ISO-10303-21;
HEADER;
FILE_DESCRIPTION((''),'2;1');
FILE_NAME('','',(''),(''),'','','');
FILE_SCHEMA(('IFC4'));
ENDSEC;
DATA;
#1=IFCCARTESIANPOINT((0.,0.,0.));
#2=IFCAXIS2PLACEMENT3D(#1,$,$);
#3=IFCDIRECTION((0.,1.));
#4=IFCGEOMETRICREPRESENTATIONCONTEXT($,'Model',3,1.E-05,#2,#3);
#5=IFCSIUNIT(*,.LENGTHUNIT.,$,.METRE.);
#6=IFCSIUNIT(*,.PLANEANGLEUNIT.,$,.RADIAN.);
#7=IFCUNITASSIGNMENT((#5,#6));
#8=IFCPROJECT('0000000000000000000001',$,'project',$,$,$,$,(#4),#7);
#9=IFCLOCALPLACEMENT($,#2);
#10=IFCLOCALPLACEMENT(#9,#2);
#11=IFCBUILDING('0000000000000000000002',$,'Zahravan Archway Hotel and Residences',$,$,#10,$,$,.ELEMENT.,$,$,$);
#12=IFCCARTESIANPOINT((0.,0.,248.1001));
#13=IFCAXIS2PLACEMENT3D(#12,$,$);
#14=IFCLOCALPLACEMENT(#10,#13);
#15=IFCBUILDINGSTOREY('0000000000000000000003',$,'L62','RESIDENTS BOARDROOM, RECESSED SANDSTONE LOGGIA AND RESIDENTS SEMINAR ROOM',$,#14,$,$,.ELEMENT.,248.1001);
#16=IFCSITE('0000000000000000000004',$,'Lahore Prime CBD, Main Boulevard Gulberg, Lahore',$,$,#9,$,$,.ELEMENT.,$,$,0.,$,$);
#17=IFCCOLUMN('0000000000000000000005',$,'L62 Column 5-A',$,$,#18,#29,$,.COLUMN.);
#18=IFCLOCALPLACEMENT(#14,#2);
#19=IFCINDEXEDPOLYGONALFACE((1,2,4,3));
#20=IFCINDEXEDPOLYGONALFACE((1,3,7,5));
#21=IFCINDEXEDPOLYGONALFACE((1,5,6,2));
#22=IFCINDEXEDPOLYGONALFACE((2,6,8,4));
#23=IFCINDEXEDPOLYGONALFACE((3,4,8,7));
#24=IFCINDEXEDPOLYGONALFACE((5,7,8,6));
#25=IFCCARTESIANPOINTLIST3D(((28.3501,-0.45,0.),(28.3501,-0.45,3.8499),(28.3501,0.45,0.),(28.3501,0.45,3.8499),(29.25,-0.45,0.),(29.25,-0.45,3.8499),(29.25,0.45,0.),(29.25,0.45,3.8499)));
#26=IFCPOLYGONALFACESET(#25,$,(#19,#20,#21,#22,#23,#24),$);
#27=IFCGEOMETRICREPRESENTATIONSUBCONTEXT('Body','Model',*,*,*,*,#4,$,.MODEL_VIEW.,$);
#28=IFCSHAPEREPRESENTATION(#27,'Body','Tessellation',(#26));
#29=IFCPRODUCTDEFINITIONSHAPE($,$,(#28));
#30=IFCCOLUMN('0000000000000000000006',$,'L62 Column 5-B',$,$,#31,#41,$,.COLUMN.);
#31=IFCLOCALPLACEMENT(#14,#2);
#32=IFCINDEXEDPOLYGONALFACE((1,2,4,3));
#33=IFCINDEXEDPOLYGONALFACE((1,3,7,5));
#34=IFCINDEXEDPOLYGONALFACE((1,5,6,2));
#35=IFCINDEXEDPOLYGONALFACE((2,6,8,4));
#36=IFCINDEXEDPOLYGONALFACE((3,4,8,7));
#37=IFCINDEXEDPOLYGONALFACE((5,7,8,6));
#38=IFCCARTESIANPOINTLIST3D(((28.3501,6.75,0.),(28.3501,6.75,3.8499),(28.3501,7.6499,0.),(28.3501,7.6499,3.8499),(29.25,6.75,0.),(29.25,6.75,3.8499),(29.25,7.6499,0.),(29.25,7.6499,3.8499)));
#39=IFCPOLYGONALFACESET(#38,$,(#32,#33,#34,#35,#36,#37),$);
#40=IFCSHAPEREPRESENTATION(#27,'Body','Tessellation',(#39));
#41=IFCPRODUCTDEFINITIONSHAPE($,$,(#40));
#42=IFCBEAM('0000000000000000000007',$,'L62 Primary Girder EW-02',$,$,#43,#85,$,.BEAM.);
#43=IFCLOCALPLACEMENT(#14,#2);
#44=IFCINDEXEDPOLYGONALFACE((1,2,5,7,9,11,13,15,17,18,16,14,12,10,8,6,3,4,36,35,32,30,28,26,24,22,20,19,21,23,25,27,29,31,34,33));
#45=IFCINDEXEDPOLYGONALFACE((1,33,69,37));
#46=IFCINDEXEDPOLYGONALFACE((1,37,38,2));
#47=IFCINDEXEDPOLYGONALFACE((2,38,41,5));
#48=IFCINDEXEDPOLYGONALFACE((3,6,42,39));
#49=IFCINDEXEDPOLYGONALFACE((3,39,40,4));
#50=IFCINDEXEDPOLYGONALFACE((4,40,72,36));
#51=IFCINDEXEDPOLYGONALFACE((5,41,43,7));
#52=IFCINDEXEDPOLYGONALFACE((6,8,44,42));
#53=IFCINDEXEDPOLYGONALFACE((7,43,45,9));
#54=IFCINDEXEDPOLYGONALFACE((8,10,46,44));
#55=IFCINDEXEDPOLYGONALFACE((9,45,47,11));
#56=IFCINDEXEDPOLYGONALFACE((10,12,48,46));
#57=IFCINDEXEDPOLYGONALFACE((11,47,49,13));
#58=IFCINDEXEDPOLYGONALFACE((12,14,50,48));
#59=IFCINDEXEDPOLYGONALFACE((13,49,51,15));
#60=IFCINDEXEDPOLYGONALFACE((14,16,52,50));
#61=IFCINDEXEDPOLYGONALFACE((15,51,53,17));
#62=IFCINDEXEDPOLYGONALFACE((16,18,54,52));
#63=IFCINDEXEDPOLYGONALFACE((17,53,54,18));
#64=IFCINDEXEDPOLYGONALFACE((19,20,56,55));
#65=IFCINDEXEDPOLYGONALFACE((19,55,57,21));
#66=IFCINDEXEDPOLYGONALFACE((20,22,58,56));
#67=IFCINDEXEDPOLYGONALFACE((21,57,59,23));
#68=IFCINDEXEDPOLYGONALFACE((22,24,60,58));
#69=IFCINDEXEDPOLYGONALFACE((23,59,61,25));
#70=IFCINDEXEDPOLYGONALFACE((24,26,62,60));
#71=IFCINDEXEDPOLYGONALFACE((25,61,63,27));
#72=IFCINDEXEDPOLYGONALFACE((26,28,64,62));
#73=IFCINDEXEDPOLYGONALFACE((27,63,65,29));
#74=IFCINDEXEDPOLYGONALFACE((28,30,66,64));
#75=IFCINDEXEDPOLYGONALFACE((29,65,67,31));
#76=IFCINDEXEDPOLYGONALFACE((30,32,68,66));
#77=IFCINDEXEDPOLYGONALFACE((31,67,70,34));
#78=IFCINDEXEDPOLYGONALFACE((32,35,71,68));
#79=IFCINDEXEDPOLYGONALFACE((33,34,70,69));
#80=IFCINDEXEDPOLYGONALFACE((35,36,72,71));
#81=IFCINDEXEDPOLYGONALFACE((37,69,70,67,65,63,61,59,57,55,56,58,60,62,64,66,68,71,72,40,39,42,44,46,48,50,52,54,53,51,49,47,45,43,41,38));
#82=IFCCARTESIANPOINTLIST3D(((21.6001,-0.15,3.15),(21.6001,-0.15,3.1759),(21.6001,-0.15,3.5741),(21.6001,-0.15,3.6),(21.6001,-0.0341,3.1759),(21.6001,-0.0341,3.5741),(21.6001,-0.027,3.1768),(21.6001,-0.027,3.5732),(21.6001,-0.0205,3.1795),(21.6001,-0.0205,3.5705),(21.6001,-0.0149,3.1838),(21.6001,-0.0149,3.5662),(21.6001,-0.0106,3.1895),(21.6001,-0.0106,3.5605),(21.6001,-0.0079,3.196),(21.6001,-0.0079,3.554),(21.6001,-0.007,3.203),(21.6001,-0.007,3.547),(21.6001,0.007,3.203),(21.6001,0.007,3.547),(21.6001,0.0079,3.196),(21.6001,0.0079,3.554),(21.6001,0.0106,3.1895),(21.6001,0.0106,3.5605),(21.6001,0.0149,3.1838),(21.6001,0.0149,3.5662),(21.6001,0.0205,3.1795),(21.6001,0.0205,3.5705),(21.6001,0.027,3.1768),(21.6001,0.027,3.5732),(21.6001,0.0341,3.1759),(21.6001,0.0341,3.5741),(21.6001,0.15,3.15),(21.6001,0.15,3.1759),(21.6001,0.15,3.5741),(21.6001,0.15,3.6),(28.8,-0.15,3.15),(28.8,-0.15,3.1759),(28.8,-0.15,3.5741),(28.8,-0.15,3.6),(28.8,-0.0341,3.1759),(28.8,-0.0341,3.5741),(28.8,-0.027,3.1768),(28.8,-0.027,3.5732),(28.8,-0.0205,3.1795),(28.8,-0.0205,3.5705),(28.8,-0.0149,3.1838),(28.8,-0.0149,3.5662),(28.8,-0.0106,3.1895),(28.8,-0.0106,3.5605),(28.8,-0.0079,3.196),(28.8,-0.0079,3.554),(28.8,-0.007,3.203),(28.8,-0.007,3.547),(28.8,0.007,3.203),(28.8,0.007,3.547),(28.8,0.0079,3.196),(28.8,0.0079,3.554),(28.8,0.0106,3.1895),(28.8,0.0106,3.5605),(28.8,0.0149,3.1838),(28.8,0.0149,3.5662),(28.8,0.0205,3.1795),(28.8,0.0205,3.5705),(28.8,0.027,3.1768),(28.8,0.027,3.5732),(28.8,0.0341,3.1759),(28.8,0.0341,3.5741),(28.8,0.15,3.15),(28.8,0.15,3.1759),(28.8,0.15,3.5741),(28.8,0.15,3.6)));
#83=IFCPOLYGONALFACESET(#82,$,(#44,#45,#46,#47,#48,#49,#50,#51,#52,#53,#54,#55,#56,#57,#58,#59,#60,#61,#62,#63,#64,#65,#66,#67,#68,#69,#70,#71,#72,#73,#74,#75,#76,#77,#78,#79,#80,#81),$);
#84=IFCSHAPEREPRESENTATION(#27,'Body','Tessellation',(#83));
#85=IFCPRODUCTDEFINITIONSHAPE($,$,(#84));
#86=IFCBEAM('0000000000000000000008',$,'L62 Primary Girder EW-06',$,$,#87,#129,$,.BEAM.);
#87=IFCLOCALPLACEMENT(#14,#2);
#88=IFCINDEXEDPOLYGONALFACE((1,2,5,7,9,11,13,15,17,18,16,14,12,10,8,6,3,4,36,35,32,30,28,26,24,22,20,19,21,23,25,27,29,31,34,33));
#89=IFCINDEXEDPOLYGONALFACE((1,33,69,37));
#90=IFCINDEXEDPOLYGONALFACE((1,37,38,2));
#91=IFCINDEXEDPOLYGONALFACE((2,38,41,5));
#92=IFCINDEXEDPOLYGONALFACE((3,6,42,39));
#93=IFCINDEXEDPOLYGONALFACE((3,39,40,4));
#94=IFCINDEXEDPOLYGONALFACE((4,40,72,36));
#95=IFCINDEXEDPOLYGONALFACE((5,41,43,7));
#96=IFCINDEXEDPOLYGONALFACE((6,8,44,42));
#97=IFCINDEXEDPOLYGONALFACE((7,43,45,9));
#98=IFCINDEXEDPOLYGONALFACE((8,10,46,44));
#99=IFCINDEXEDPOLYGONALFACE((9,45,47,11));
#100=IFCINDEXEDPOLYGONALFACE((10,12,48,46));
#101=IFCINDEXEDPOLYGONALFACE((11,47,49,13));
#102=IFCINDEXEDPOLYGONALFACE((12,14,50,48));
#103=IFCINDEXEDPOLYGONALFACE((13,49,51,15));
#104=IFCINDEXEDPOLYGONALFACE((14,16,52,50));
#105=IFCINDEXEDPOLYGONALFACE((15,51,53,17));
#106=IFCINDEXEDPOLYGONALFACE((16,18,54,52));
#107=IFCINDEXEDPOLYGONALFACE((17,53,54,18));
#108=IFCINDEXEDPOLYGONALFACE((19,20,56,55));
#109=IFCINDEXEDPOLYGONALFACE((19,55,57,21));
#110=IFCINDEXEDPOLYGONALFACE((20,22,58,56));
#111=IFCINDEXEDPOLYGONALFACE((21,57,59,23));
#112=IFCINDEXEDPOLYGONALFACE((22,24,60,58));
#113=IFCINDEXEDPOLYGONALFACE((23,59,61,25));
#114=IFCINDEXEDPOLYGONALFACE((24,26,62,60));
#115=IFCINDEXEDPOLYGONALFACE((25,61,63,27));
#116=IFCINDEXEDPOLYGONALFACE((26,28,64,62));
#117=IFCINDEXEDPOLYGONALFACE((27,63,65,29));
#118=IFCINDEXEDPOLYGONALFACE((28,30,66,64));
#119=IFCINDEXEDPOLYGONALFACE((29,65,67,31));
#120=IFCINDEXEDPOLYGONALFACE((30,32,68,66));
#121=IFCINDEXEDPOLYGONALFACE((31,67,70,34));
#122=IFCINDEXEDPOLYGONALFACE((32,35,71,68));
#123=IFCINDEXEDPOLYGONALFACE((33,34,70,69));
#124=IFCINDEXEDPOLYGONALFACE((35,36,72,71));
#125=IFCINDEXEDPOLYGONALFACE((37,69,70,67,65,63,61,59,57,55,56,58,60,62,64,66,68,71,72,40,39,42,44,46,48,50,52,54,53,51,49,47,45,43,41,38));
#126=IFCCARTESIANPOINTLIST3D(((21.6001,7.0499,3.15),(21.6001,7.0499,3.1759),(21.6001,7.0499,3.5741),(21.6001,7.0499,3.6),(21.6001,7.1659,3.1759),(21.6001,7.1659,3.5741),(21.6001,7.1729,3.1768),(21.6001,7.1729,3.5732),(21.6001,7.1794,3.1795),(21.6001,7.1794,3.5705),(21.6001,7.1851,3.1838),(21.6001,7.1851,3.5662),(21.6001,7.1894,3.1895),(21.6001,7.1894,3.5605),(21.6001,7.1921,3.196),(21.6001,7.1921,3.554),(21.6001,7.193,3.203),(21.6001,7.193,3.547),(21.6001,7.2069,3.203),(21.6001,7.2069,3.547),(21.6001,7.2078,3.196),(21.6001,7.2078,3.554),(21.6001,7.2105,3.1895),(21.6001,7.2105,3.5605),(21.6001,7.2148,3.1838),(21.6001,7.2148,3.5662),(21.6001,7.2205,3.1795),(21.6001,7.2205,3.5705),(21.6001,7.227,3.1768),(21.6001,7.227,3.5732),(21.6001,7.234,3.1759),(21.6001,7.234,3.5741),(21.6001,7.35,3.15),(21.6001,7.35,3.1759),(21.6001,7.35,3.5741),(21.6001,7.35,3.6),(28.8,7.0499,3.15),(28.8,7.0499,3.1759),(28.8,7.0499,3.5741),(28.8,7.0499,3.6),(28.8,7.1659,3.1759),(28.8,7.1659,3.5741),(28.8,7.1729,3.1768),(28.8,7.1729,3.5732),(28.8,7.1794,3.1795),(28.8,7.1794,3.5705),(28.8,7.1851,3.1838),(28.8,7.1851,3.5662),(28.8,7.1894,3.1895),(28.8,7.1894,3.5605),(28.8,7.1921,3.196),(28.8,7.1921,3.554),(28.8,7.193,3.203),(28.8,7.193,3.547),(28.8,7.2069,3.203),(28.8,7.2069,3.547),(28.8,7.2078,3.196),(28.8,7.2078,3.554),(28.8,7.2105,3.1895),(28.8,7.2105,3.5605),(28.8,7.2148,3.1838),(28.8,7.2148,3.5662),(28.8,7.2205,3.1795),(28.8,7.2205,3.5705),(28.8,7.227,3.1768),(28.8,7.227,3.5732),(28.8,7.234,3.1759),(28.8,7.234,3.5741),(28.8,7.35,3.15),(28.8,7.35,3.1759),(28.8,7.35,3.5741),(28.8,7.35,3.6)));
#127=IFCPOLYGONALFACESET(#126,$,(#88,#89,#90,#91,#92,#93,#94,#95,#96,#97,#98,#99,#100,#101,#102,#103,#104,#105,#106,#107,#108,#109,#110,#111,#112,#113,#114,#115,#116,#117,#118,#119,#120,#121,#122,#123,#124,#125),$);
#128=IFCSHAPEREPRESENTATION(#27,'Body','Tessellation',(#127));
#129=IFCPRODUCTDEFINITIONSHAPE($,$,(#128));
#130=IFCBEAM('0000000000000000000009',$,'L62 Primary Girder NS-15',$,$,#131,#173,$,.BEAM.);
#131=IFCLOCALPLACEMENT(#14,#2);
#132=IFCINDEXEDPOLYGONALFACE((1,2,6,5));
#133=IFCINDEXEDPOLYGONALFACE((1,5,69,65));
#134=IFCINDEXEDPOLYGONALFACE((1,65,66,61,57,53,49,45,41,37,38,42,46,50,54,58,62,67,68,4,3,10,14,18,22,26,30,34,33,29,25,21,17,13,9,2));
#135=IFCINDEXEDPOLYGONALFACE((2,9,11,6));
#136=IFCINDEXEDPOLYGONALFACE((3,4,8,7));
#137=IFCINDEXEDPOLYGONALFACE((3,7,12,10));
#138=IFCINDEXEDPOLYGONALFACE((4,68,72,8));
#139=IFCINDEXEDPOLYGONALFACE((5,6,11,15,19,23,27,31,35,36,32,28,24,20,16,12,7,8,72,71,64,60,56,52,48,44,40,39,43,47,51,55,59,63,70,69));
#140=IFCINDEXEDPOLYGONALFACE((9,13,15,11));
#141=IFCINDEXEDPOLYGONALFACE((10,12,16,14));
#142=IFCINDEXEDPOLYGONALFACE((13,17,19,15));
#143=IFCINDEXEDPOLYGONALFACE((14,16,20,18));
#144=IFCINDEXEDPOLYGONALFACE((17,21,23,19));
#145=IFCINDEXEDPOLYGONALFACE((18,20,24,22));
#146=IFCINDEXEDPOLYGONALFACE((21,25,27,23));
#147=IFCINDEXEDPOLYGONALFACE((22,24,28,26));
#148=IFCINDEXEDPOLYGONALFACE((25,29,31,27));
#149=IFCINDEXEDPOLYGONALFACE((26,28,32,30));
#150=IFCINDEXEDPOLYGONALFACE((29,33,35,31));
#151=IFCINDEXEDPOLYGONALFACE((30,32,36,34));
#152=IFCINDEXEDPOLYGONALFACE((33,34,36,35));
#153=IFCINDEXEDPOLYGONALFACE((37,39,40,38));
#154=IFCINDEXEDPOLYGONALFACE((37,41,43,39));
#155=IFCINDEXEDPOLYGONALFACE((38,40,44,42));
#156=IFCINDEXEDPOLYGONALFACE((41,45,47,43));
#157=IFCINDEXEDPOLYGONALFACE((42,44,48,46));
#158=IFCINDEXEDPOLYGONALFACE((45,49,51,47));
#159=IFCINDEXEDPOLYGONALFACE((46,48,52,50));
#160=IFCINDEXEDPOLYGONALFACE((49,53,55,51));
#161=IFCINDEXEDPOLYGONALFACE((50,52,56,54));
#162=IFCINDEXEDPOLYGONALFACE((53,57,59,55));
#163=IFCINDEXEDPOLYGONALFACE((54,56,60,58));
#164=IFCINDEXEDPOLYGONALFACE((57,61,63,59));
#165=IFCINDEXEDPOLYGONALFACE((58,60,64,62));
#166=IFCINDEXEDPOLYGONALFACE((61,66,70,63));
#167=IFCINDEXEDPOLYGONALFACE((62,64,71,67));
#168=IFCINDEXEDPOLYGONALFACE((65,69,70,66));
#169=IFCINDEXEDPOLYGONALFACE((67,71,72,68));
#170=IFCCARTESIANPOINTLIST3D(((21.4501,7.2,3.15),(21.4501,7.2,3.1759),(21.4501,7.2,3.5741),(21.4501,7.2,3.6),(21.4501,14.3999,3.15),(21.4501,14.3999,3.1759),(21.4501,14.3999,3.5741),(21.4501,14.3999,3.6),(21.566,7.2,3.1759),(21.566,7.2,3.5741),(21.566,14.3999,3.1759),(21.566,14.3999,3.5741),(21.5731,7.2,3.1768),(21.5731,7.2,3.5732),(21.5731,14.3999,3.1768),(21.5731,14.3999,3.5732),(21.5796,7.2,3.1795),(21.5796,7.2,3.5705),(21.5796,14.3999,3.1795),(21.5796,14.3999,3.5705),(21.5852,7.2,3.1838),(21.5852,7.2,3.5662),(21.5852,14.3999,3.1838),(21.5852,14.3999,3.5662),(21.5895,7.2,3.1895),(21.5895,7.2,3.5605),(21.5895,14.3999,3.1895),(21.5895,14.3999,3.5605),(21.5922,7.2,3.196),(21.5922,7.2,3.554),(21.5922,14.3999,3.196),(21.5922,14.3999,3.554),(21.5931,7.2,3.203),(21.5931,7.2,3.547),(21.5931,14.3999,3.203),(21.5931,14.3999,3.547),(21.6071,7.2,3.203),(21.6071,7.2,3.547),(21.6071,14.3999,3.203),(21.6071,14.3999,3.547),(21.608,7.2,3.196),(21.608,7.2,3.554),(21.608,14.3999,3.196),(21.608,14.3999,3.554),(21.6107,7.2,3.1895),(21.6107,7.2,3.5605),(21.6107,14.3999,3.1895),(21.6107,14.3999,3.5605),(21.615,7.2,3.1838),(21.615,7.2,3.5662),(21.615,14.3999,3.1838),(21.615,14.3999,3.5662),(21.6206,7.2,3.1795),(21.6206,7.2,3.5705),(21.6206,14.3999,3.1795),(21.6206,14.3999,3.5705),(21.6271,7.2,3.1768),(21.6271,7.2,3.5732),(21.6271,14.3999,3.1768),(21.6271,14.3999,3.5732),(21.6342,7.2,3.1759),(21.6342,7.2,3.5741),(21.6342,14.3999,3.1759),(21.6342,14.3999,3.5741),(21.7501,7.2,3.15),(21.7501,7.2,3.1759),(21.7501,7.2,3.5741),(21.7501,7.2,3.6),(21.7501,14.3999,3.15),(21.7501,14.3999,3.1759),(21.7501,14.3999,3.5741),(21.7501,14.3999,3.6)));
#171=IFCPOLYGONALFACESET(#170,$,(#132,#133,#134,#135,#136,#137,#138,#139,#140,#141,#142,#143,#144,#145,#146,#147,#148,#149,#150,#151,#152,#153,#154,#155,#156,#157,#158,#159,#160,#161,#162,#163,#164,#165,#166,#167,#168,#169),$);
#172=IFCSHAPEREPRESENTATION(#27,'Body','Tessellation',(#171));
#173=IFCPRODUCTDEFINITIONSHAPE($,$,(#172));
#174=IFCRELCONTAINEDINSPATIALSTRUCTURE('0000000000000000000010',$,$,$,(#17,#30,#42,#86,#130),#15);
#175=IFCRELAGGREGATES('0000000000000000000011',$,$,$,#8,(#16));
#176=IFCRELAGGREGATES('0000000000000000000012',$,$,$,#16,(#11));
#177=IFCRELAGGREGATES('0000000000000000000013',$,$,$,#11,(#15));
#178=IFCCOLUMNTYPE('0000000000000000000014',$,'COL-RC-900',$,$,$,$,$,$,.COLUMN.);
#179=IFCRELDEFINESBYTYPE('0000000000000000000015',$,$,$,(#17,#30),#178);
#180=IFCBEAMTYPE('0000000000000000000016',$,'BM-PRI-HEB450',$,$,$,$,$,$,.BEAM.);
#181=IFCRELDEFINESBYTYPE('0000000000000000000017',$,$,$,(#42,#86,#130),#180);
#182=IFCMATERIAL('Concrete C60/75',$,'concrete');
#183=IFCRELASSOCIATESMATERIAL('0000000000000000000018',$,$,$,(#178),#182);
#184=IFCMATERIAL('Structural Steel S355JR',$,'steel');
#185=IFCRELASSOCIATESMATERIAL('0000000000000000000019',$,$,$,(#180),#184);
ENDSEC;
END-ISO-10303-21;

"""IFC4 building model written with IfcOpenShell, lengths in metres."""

from ifc_helpers import new_model, si_unit, direction, frame, origin, origin_2d, place, context, subcontext, project, spatial, rectangle, i_section, extrude, source, transform, mapped, material, material_profile, profile_set, type_object, element, save


model = new_model("IFC4")

# Units and contexts
model_context = context("Model", 3, precision=1e-05, world=origin(), true_north=direction((0.0, 1.0)))
body_context = subcontext(model_context, "Body", "Model", "MODEL_VIEW")
ifc_project = project(units=[si_unit("LENGTHUNIT", "METRE"), si_unit("PLANEANGLEUNIT", "RADIAN")], contexts=[model_context])

# Site, building, storey
site_placement = place(None, origin())
site = spatial("IfcSite", under=ifc_project, at=site_placement, Name="Lahore Prime CBD, Main Boulevard Gulberg, Lahore", CompositionType="ELEMENT", RefElevation=0.0)
building_placement = place(site_placement, origin())
building = spatial("IfcBuilding", under=site, at=building_placement, Name="Zahravan Archway Hotel and Residences", CompositionType="ELEMENT")
storey_placement = place(building_placement, frame((0.0, 0.0, 248.1001)))
storey = spatial("IfcBuildingStorey", under=building, at=storey_placement, Name="L62", Description="RESIDENTS BOARDROOM, RECESSED SANDSTONE LOGGIA AND RESIDENTS SEMINAR ROOM", CompositionType="ELEMENT", Elevation=248.1001)

# Columns
ifc_material_1 = material(Name="Concrete C60/75", Category="concrete")
ifc_material_profile_1 = material_profile(ifc_material_1, rectangle(XDim=0.8999, YDim=0.8999, at=origin_2d()), Name="RC-COL-900x900", Category="concrete")
ifc_profile_set_1 = profile_set([ifc_material_profile_1], Name="Concrete C60/75")
column_type = type_object("IfcColumnType", Name="COL-RC-900", PredefinedType="COLUMN", material=ifc_profile_set_1)
shared_shape_1 = source(origin(), body_context, "Body", "SweptSolid", [
    extrude(rectangle(XDim=0.8999, YDim=0.8999, at=origin_2d()), origin(), (0.0, 0.0, 1.0), 3.8499),
])
for number, where, z_axis, x_axis, name in (
    (1, (28.8, 0.0, 0.0), (0.0, 0.0, 1.0), (1.0, 0.0, 0.0), "L62 Column 5-A"),
    (2, (28.8, 7.2, 0.0), (0.0, 0.0, 1.0), (1.0, 0.0, 0.0), "L62 Column 5-B"),
):
    element("IfcColumn", number, at=place(storey_placement, frame(where, z_axis=z_axis, x_axis=x_axis)), inside=storey, type_object=column_type, Name=name, PredefinedType="COLUMN", context=body_context, shape_type="MappedRepresentation", body=[
        mapped(shared_shape_1, transform((0.0, 0.0, 0.0), scale=1.0)),
    ])

# Beams
ifc_material_2 = material(Name="Structural Steel S355JR", Category="steel")
ifc_material_profile_2 = material_profile(ifc_material_2, i_section(OverallWidth=0.3, OverallDepth=0.45, WebThickness=0.0139, FlangeThickness=0.0259, FilletRadius=0.0271, at=origin_2d()), Name="HEB 450", Category="steel")
ifc_profile_set_2 = profile_set([ifc_material_profile_2], Name="Structural Steel S355JR")
beam_type_1 = type_object("IfcBeamType", Name="BM-PRI-HEB450", PredefinedType="BEAM", material=ifc_profile_set_2)
shared_shape_2 = source(origin(), body_context, "Body", "SweptSolid", [
    extrude(i_section(OverallWidth=0.3, OverallDepth=0.45, WebThickness=0.0139, FlangeThickness=0.0259, FilletRadius=0.0271, at=origin_2d()), origin(), (0.0, 0.0, 1.0), 7.2),
])
for number, where, z_axis, x_axis, name in (
    (3, (21.6001, 0.0, 3.375), (1.0, 0.0, 0.0), (0.0, 1.0, 0.0), "L62 Primary Girder EW-02"),
    (4, (21.6001, 7.2, 3.375), (1.0, 0.0, 0.0), (0.0, 1.0, 0.0), "L62 Primary Girder EW-06"),
    (5, (21.6001, 7.2, 3.375), (0.0, 1.0, 0.0), (-1.0, 0.0, 0.0), "L62 Primary Girder NS-15"),
):
    element("IfcBeam", number, at=place(storey_placement, frame(where, z_axis=z_axis, x_axis=x_axis)), inside=storey, type_object=beam_type_1, Name=name, PredefinedType="BEAM", context=body_context, shape_type="MappedRepresentation", body=[
        mapped(shared_shape_2, transform((0.0, 0.0, 0.0), scale=1.0)),
    ])

save(model, "model.ifc")
